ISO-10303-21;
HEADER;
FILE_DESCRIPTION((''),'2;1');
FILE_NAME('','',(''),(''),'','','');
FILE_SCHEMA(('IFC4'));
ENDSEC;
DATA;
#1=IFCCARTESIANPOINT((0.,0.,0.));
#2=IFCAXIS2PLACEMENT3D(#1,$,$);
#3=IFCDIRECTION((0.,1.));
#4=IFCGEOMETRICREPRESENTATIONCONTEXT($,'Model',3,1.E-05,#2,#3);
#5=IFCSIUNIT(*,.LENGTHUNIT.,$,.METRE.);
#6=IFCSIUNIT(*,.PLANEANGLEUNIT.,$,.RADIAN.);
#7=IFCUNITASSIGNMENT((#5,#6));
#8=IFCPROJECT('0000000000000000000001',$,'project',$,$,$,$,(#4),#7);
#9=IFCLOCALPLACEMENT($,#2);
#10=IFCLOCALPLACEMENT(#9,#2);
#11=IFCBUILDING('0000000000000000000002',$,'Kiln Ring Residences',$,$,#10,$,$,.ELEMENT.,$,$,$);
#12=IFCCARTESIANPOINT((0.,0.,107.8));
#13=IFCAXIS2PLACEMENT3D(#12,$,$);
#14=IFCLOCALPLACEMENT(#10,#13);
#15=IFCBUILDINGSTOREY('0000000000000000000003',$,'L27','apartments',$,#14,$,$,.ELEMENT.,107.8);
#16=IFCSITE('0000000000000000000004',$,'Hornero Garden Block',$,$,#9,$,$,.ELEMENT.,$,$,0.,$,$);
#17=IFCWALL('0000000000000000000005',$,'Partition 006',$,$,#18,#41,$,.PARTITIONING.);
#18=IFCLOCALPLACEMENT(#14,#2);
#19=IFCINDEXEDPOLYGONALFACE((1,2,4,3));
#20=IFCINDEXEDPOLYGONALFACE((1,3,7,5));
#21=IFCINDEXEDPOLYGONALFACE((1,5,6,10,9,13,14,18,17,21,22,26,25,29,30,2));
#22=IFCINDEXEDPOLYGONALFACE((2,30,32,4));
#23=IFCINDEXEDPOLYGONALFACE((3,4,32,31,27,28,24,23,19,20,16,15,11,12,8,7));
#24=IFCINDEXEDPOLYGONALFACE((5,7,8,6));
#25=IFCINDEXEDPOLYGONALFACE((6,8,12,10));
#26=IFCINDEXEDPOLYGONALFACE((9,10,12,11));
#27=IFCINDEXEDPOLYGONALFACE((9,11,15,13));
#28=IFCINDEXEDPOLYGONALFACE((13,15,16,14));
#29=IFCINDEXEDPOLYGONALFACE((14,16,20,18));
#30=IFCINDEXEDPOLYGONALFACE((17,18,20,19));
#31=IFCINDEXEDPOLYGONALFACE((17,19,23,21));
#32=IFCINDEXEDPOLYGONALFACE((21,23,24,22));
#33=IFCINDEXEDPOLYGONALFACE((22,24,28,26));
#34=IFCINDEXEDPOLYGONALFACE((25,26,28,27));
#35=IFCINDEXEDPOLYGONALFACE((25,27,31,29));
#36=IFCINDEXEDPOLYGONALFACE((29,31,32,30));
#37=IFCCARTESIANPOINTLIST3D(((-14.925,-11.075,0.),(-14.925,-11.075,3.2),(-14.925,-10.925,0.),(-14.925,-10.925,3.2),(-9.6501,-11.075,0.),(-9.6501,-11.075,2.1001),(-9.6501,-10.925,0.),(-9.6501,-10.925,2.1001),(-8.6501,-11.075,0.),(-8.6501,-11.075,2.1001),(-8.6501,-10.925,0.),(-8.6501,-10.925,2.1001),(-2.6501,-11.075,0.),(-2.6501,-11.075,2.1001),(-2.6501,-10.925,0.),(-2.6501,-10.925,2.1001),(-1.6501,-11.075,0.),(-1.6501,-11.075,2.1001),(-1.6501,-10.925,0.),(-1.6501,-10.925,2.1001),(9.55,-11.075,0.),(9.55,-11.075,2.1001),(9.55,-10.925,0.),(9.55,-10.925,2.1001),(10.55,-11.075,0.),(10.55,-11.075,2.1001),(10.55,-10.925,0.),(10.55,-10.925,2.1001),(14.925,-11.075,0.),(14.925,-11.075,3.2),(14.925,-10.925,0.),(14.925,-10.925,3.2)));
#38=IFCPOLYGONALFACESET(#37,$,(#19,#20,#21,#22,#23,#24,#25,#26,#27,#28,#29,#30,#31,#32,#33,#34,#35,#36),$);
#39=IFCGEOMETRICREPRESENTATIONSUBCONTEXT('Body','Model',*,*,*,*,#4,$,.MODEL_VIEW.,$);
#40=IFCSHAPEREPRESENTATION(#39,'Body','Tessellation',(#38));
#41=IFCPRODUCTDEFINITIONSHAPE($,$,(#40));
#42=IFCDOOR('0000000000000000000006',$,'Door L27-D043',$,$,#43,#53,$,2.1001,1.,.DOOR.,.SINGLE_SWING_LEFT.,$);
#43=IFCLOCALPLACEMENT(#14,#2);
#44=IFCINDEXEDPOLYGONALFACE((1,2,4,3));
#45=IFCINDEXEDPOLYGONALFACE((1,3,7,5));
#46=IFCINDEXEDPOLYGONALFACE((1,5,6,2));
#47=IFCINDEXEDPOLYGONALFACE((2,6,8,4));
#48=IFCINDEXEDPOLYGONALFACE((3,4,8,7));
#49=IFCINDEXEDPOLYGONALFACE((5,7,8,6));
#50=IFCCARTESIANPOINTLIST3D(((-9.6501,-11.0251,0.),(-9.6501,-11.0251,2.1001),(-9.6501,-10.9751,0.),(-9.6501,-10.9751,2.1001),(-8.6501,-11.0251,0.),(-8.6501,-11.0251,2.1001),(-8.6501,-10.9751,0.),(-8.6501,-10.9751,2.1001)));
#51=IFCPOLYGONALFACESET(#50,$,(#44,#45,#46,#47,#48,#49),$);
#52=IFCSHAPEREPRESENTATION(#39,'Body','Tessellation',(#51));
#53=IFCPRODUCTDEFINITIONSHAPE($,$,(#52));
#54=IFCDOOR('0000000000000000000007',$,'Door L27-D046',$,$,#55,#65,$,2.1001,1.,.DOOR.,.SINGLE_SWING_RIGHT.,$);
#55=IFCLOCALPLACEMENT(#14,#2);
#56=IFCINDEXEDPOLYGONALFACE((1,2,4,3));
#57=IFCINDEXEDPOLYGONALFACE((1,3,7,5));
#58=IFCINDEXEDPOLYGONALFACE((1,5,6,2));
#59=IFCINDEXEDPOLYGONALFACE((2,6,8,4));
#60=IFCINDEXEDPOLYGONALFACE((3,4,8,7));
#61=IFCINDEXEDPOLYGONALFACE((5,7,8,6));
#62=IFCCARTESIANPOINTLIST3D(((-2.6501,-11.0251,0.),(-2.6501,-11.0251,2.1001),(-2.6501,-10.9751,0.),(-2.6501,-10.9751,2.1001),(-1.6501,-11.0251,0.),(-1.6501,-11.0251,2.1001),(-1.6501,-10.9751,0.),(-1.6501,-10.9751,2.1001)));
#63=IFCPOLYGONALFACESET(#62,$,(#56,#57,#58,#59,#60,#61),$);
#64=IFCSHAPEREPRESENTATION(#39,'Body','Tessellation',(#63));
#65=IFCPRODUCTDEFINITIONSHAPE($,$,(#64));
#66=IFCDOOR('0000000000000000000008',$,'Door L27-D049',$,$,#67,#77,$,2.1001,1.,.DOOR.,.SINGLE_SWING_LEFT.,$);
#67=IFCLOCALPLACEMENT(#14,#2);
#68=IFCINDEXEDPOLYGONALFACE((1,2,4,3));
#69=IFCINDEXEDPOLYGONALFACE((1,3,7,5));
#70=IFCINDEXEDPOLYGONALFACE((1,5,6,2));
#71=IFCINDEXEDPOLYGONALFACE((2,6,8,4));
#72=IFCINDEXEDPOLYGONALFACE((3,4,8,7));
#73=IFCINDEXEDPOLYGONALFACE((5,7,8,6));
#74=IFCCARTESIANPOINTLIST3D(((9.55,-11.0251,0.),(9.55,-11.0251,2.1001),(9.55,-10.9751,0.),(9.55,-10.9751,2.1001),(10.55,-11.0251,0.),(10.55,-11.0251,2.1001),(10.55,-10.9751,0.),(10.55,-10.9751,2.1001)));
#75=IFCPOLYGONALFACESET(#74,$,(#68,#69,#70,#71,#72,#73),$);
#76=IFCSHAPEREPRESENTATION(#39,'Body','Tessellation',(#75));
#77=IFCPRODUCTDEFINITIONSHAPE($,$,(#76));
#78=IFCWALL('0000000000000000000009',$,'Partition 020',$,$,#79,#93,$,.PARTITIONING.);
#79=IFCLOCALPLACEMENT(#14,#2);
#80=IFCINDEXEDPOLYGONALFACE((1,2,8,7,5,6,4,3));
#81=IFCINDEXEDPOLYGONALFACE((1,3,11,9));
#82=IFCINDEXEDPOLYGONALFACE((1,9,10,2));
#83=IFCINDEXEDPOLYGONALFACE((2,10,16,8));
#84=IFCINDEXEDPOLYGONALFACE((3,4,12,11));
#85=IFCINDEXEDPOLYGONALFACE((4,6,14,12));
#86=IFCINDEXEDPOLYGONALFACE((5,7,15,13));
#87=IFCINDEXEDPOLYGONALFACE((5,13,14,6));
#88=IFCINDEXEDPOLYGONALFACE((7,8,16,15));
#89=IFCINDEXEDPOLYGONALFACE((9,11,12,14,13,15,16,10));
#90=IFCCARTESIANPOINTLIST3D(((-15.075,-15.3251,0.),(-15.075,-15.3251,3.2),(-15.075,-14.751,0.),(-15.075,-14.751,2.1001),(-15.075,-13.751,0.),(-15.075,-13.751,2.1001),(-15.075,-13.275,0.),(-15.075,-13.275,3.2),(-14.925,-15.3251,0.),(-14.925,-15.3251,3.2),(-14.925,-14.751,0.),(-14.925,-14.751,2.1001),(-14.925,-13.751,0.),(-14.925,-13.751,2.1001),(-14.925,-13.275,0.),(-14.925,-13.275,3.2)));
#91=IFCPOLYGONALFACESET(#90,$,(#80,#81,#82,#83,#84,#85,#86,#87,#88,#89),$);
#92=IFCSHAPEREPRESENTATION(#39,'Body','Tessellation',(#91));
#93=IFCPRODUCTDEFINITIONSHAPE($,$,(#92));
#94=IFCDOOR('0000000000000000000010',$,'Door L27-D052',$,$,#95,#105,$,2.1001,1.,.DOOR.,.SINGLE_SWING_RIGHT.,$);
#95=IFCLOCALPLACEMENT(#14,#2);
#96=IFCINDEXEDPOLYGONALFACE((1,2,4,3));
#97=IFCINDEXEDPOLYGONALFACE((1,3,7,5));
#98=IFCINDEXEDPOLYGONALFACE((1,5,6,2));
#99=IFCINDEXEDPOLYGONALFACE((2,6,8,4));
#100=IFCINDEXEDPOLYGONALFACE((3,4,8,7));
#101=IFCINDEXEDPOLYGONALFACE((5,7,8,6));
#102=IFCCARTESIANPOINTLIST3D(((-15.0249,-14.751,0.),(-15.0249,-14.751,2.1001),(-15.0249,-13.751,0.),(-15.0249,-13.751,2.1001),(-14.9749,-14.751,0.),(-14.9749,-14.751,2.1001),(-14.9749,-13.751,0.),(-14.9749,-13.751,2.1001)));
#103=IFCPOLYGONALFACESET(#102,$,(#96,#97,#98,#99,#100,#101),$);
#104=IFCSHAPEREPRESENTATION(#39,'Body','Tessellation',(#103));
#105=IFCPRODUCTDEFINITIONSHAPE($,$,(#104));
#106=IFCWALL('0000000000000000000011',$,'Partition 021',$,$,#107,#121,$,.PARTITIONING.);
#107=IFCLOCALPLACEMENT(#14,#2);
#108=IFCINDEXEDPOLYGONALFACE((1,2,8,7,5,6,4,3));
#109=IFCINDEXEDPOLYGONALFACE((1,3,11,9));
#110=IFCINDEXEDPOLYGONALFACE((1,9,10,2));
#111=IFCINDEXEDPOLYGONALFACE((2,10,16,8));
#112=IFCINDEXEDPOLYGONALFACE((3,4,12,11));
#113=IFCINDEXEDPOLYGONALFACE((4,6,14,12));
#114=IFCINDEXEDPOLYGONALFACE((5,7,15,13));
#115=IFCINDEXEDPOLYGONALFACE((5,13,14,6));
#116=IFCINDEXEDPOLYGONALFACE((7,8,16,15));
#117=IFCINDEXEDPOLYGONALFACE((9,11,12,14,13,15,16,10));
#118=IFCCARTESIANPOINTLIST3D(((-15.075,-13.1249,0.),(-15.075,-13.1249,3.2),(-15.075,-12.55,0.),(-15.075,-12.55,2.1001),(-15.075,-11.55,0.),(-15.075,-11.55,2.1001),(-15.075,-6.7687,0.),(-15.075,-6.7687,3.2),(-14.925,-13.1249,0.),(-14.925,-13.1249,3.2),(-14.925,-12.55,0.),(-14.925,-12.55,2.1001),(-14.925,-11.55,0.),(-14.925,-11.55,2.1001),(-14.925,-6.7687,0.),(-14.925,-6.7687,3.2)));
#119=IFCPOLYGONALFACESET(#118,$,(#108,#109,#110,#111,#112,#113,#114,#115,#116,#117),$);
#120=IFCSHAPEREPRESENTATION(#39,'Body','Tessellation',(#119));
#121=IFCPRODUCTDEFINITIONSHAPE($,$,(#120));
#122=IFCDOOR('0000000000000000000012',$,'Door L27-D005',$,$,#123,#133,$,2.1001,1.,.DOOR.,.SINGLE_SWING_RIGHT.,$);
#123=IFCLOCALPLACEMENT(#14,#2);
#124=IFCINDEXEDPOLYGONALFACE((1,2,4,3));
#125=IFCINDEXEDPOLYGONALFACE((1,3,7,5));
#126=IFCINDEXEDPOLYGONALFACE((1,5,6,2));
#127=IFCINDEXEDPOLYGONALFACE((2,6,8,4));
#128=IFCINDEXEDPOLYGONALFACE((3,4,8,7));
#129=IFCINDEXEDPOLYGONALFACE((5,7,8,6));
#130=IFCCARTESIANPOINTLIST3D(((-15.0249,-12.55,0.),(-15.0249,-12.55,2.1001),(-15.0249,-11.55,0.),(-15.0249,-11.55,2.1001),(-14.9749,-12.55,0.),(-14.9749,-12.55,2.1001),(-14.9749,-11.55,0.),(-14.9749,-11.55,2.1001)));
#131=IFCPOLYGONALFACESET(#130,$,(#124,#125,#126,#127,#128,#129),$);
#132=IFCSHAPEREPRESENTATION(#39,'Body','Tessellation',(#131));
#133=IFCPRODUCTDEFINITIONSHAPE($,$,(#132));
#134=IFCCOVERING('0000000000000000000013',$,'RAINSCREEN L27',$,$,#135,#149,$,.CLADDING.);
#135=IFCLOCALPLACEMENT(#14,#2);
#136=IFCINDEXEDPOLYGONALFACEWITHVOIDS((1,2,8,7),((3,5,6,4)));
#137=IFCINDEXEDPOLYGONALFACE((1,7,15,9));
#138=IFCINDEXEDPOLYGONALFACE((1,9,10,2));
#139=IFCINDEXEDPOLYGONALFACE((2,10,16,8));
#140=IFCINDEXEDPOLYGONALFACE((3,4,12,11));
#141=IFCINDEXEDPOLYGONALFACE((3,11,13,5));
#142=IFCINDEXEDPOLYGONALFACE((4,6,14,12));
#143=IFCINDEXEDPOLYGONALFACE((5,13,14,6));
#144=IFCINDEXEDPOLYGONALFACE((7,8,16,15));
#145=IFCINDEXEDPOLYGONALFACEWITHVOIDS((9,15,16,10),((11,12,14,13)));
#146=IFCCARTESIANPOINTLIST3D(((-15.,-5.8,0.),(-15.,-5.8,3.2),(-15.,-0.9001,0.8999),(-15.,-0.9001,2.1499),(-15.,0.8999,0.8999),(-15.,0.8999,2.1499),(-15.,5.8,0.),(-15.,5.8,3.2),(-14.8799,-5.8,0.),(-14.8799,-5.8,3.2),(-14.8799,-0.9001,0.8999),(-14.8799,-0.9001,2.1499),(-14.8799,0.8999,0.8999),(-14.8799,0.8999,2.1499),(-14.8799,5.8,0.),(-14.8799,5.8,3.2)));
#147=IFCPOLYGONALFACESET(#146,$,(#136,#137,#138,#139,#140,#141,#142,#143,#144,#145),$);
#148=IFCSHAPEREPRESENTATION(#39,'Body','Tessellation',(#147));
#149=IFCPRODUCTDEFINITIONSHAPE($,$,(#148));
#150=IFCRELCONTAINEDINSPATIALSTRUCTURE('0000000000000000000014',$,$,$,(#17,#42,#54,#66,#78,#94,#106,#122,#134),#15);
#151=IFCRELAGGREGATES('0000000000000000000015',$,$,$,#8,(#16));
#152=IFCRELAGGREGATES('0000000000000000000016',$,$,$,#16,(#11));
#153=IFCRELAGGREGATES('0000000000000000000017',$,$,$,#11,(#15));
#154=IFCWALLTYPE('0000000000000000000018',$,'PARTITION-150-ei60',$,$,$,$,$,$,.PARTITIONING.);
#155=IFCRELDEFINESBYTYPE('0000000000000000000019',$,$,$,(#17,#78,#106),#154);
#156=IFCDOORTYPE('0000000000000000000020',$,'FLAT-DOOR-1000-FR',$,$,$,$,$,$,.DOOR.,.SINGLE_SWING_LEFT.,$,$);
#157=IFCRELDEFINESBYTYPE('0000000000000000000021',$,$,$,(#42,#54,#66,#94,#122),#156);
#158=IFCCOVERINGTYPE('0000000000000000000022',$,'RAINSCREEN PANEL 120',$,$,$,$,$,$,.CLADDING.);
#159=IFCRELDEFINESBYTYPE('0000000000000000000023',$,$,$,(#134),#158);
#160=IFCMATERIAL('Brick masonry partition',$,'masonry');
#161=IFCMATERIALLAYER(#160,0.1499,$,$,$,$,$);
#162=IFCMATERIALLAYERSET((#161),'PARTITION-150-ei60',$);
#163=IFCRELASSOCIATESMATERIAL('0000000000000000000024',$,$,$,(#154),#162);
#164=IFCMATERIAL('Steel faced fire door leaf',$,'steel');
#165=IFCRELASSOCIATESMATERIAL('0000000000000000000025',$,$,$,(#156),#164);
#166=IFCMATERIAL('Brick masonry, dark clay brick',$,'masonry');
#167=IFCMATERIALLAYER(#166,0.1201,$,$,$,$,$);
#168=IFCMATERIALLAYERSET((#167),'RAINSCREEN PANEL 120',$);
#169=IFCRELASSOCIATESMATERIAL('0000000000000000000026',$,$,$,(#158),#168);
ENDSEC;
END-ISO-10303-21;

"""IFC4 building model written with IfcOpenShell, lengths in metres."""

from ifc_helpers import new_model, si_unit, direction, frame, frame_2d, origin, place, context, subcontext, project, spatial, polyline, rectangle, outline, extrude, material, layer, layer_set, type_object, element, fill, save


model = new_model("IFC4")

# Units and contexts
model_context = context("Model", 3, precision=1e-05, world=origin(), true_north=direction((0.0, 1.0)))
body_context = subcontext(model_context, "Body", "Model", "MODEL_VIEW")
ifc_project = project(units=[si_unit("LENGTHUNIT", "METRE"), si_unit("PLANEANGLEUNIT", "RADIAN")], contexts=[model_context])

# Site, building, storey
site_placement = place(None, origin())
site = spatial("IfcSite", under=ifc_project, at=site_placement, Name="Hornero Garden Block", CompositionType="ELEMENT", RefElevation=0.0)
building_placement = place(site_placement, origin())
building = spatial("IfcBuilding", under=site, at=building_placement, Name="Kiln Ring Residences", CompositionType="ELEMENT")
storey_placement = place(building_placement, frame((0.0, 0.0, 107.8)))
storey = spatial("IfcBuildingStorey", under=building, at=storey_placement, Name="L27", Description="apartments", CompositionType="ELEMENT", Elevation=107.8)

# Wall, openings, doors
ifc_material_1 = material(Name="Brick masonry partition", Category="masonry")
ifc_layer_1 = layer(ifc_material_1, 0.1499)
ifc_layer_set_1 = layer_set([ifc_layer_1], Name="PARTITION-150-ei60")
wall_type_1 = type_object("IfcWallType", Name="PARTITION-150-ei60", PredefinedType="PARTITIONING", material=ifc_layer_set_1)
ifc_material_2 = material(Name="Steel faced fire door leaf", Category="steel")
door_type_1 = type_object("IfcDoorType", Name="FLAT-DOOR-1000-FR", OperationType="SINGLE_SWING_LEFT", PredefinedType="DOOR", material=ifc_material_2)
wall_1_placement = place(storey_placement, frame((-14.925, -11.0, 0.0), z_axis=(0.0, 0.0, 1.0), x_axis=(1.0, 0.0, 0.0)))
wall_1 = element("IfcWall", 1, at=wall_1_placement, inside=storey, type_object=wall_type_1, Name="Partition 006", PredefinedType="PARTITIONING", context=body_context, shape_type="SweptSolid", body=[
    extrude(rectangle(XDim=29.8501, YDim=0.1499, at=frame_2d((14.925, 0.0))), origin(), (0.0, 0.0, 1.0), 3.2),
])
opening_1_placement = place(wall_1_placement, frame((5.2749, 0.0, 0.0)))
opening_1 = element("IfcOpeningElement", 2, at=opening_1_placement, cuts=wall_1, PredefinedType="OPENING", context=body_context, shape_type="SweptSolid", body=[
    extrude(rectangle(XDim=1.0, YDim=2.1001, at=frame_2d((0.5, 1.05))), frame((0.0, 0.085, 0.0), z_axis=(0.0, -1.0, 0.0), x_axis=(1.0, 0.0, 0.0)), (0.0, 0.0, 1.0), 0.1699),
])
opening_2_placement = place(wall_1_placement, frame((12.2749, 0.0, 0.0)))
opening_2 = element("IfcOpeningElement", 3, at=opening_2_placement, cuts=wall_1, PredefinedType="OPENING", context=body_context, shape_type="SweptSolid", body=[
    extrude(rectangle(XDim=1.0, YDim=2.1001, at=frame_2d((0.5, 1.05))), frame((0.0, 0.085, 0.0), z_axis=(0.0, -1.0, 0.0), x_axis=(1.0, 0.0, 0.0)), (0.0, 0.0, 1.0), 0.1699),
])
opening_3_placement = place(wall_1_placement, frame((24.4751, 0.0, 0.0)))
opening_3 = element("IfcOpeningElement", 4, at=opening_3_placement, cuts=wall_1, PredefinedType="OPENING", context=body_context, shape_type="SweptSolid", body=[
    extrude(rectangle(XDim=1.0, YDim=2.1001, at=frame_2d((0.5, 1.05))), frame((0.0, 0.085, 0.0), z_axis=(0.0, -1.0, 0.0), x_axis=(1.0, 0.0, 0.0)), (0.0, 0.0, 1.0), 0.1699),
])
door_1_placement = place(opening_1_placement, origin())
door_1 = element("IfcDoor", 5, at=door_1_placement, inside=storey, type_object=door_type_1, Name="Door L27-D043", OperationType="SINGLE_SWING_LEFT", OverallHeight=2.1001, OverallWidth=1.0, PredefinedType="DOOR", context=body_context, shape_type="SweptSolid", body=[
    extrude(rectangle(XDim=1.0, YDim=2.1001, at=frame_2d((0.5, 1.05))), frame((0.0, 0.0249, 0.0), z_axis=(0.0, -1.0, 0.0), x_axis=(1.0, 0.0, 0.0)), (0.0, 0.0, 1.0), 0.05),
])
fill(opening_1, door_1)
door_2_placement = place(opening_2_placement, origin())
door_2 = element("IfcDoor", 6, at=door_2_placement, inside=storey, type_object=door_type_1, Name="Door L27-D046", OperationType="SINGLE_SWING_RIGHT", OverallHeight=2.1001, OverallWidth=1.0, PredefinedType="DOOR", context=body_context, shape_type="SweptSolid", body=[
    extrude(rectangle(XDim=1.0, YDim=2.1001, at=frame_2d((0.5, 1.05))), frame((0.0, 0.0249, 0.0), z_axis=(0.0, -1.0, 0.0), x_axis=(1.0, 0.0, 0.0)), (0.0, 0.0, 1.0), 0.05),
])
fill(opening_2, door_2)
door_3_placement = place(opening_3_placement, origin())
door_3 = element("IfcDoor", 7, at=door_3_placement, inside=storey, type_object=door_type_1, Name="Door L27-D049", OperationType="SINGLE_SWING_LEFT", OverallHeight=2.1001, OverallWidth=1.0, PredefinedType="DOOR", context=body_context, shape_type="SweptSolid", body=[
    extrude(rectangle(XDim=1.0, YDim=2.1001, at=frame_2d((0.5, 1.05))), frame((0.0, 0.0249, 0.0), z_axis=(0.0, -1.0, 0.0), x_axis=(1.0, 0.0, 0.0)), (0.0, 0.0, 1.0), 0.05),
])
fill(opening_3, door_3)

# Walls, openings, doors
wall_2_placement = place(storey_placement, frame((-15.0, -15.325, 0.0), z_axis=(0.0, 0.0, 1.0), x_axis=(0.0, 1.0, 0.0)))
wall_2 = element("IfcWall", 8, at=wall_2_placement, inside=storey, type_object=wall_type_1, Name="Partition 020", PredefinedType="PARTITIONING", context=body_context, shape_type="SweptSolid", body=[
    extrude(rectangle(XDim=2.05, YDim=0.1499, at=frame_2d((1.0249, 0.0))), origin(), (0.0, 0.0, 1.0), 3.2),
])
opening_4_placement = place(wall_2_placement, frame((0.574, 0.0, 0.0)))
opening_4 = element("IfcOpeningElement", 9, at=opening_4_placement, cuts=wall_2, PredefinedType="OPENING", context=body_context, shape_type="SweptSolid", body=[
    extrude(rectangle(XDim=1.0, YDim=2.1001, at=frame_2d((0.5, 1.05))), frame((0.0, 0.085, 0.0), z_axis=(0.0, -1.0, 0.0), x_axis=(1.0, 0.0, 0.0)), (0.0, 0.0, 1.0), 0.1699),
])
door_4_placement = place(opening_4_placement, origin())
door_4 = element("IfcDoor", 10, at=door_4_placement, inside=storey, type_object=door_type_1, Name="Door L27-D052", OperationType="SINGLE_SWING_RIGHT", OverallHeight=2.1001, OverallWidth=1.0, PredefinedType="DOOR", context=body_context, shape_type="SweptSolid", body=[
    extrude(rectangle(XDim=1.0, YDim=2.1001, at=frame_2d((0.5, 1.05))), frame((0.0, 0.0249, 0.0), z_axis=(0.0, -1.0, 0.0), x_axis=(1.0, 0.0, 0.0)), (0.0, 0.0, 1.0), 0.05),
])
fill(opening_4, door_4)
wall_3_placement = place(storey_placement, frame((-15.0, -13.125, 0.0), z_axis=(0.0, 0.0, 1.0), x_axis=(0.0, 1.0, 0.0)))
wall_3 = element("IfcWall", 11, at=wall_3_placement, inside=storey, type_object=wall_type_1, Name="Partition 021", PredefinedType="PARTITIONING", context=body_context, shape_type="SweptSolid", body=[
    extrude(rectangle(XDim=6.3562, YDim=0.1499, at=frame_2d((3.1782, 0.0))), origin(), (0.0, 0.0, 1.0), 3.2),
])
opening_5_placement = place(wall_3_placement, frame((0.575, 0.0, 0.0)))
opening_5 = element("IfcOpeningElement", 12, at=opening_5_placement, cuts=wall_3, PredefinedType="OPENING", context=body_context, shape_type="SweptSolid", body=[
    extrude(rectangle(XDim=1.0, YDim=2.1001, at=frame_2d((0.5, 1.05))), frame((0.0, 0.085, 0.0), z_axis=(0.0, -1.0, 0.0), x_axis=(1.0, 0.0, 0.0)), (0.0, 0.0, 1.0), 0.1699),
])
door_5_placement = place(opening_5_placement, origin())
door_5 = element("IfcDoor", 13, at=door_5_placement, inside=storey, type_object=door_type_1, Name="Door L27-D005", OperationType="SINGLE_SWING_RIGHT", OverallHeight=2.1001, OverallWidth=1.0, PredefinedType="DOOR", context=body_context, shape_type="SweptSolid", body=[
    extrude(rectangle(XDim=1.0, YDim=2.1001, at=frame_2d((0.5, 1.05))), frame((0.0, 0.0249, 0.0), z_axis=(0.0, -1.0, 0.0), x_axis=(1.0, 0.0, 0.0)), (0.0, 0.0, 1.0), 0.05),
])
fill(opening_5, door_5)

# Covering
ifc_material_3 = material(Name="Brick masonry, dark clay brick", Category="masonry")
ifc_layer_2 = layer(ifc_material_3, 0.1201)
ifc_layer_set_2 = layer_set([ifc_layer_2], Name="RAINSCREEN PANEL 120")
covering_type = type_object("IfcCoveringType", Name="RAINSCREEN PANEL 120", PredefinedType="CLADDING", material=ifc_layer_set_2)
covering_placement = place(storey_placement, frame((-14.9399, -5.8, 0.0), z_axis=(0.0, 0.0, 1.0), x_axis=(0.0, 1.0, 0.0)))
element("IfcCovering", 14, at=covering_placement, inside=storey, type_object=covering_type, Name="RAINSCREEN L27", PredefinedType="CLADDING", context=body_context, shape_type="SweptSolid", body=[
    extrude(outline(polyline([(0.0, 0.0), (11.6001, 0.0), (11.6001, 3.2), (0.0, 3.2), (0.0, 0.0)]), holes=[polyline([(4.8999, 2.1499), (4.8999, 0.8999), (6.7, 0.8999), (6.7, 2.1499), (4.8999, 2.1499)])]), frame((0.0, 0.0601, 0.0), z_axis=(0.0, -1.0, 0.0), x_axis=(1.0, 0.0, 0.0)), (0.0, 0.0, 1.0), 0.1201),
])

save(model, "model.ifc")
